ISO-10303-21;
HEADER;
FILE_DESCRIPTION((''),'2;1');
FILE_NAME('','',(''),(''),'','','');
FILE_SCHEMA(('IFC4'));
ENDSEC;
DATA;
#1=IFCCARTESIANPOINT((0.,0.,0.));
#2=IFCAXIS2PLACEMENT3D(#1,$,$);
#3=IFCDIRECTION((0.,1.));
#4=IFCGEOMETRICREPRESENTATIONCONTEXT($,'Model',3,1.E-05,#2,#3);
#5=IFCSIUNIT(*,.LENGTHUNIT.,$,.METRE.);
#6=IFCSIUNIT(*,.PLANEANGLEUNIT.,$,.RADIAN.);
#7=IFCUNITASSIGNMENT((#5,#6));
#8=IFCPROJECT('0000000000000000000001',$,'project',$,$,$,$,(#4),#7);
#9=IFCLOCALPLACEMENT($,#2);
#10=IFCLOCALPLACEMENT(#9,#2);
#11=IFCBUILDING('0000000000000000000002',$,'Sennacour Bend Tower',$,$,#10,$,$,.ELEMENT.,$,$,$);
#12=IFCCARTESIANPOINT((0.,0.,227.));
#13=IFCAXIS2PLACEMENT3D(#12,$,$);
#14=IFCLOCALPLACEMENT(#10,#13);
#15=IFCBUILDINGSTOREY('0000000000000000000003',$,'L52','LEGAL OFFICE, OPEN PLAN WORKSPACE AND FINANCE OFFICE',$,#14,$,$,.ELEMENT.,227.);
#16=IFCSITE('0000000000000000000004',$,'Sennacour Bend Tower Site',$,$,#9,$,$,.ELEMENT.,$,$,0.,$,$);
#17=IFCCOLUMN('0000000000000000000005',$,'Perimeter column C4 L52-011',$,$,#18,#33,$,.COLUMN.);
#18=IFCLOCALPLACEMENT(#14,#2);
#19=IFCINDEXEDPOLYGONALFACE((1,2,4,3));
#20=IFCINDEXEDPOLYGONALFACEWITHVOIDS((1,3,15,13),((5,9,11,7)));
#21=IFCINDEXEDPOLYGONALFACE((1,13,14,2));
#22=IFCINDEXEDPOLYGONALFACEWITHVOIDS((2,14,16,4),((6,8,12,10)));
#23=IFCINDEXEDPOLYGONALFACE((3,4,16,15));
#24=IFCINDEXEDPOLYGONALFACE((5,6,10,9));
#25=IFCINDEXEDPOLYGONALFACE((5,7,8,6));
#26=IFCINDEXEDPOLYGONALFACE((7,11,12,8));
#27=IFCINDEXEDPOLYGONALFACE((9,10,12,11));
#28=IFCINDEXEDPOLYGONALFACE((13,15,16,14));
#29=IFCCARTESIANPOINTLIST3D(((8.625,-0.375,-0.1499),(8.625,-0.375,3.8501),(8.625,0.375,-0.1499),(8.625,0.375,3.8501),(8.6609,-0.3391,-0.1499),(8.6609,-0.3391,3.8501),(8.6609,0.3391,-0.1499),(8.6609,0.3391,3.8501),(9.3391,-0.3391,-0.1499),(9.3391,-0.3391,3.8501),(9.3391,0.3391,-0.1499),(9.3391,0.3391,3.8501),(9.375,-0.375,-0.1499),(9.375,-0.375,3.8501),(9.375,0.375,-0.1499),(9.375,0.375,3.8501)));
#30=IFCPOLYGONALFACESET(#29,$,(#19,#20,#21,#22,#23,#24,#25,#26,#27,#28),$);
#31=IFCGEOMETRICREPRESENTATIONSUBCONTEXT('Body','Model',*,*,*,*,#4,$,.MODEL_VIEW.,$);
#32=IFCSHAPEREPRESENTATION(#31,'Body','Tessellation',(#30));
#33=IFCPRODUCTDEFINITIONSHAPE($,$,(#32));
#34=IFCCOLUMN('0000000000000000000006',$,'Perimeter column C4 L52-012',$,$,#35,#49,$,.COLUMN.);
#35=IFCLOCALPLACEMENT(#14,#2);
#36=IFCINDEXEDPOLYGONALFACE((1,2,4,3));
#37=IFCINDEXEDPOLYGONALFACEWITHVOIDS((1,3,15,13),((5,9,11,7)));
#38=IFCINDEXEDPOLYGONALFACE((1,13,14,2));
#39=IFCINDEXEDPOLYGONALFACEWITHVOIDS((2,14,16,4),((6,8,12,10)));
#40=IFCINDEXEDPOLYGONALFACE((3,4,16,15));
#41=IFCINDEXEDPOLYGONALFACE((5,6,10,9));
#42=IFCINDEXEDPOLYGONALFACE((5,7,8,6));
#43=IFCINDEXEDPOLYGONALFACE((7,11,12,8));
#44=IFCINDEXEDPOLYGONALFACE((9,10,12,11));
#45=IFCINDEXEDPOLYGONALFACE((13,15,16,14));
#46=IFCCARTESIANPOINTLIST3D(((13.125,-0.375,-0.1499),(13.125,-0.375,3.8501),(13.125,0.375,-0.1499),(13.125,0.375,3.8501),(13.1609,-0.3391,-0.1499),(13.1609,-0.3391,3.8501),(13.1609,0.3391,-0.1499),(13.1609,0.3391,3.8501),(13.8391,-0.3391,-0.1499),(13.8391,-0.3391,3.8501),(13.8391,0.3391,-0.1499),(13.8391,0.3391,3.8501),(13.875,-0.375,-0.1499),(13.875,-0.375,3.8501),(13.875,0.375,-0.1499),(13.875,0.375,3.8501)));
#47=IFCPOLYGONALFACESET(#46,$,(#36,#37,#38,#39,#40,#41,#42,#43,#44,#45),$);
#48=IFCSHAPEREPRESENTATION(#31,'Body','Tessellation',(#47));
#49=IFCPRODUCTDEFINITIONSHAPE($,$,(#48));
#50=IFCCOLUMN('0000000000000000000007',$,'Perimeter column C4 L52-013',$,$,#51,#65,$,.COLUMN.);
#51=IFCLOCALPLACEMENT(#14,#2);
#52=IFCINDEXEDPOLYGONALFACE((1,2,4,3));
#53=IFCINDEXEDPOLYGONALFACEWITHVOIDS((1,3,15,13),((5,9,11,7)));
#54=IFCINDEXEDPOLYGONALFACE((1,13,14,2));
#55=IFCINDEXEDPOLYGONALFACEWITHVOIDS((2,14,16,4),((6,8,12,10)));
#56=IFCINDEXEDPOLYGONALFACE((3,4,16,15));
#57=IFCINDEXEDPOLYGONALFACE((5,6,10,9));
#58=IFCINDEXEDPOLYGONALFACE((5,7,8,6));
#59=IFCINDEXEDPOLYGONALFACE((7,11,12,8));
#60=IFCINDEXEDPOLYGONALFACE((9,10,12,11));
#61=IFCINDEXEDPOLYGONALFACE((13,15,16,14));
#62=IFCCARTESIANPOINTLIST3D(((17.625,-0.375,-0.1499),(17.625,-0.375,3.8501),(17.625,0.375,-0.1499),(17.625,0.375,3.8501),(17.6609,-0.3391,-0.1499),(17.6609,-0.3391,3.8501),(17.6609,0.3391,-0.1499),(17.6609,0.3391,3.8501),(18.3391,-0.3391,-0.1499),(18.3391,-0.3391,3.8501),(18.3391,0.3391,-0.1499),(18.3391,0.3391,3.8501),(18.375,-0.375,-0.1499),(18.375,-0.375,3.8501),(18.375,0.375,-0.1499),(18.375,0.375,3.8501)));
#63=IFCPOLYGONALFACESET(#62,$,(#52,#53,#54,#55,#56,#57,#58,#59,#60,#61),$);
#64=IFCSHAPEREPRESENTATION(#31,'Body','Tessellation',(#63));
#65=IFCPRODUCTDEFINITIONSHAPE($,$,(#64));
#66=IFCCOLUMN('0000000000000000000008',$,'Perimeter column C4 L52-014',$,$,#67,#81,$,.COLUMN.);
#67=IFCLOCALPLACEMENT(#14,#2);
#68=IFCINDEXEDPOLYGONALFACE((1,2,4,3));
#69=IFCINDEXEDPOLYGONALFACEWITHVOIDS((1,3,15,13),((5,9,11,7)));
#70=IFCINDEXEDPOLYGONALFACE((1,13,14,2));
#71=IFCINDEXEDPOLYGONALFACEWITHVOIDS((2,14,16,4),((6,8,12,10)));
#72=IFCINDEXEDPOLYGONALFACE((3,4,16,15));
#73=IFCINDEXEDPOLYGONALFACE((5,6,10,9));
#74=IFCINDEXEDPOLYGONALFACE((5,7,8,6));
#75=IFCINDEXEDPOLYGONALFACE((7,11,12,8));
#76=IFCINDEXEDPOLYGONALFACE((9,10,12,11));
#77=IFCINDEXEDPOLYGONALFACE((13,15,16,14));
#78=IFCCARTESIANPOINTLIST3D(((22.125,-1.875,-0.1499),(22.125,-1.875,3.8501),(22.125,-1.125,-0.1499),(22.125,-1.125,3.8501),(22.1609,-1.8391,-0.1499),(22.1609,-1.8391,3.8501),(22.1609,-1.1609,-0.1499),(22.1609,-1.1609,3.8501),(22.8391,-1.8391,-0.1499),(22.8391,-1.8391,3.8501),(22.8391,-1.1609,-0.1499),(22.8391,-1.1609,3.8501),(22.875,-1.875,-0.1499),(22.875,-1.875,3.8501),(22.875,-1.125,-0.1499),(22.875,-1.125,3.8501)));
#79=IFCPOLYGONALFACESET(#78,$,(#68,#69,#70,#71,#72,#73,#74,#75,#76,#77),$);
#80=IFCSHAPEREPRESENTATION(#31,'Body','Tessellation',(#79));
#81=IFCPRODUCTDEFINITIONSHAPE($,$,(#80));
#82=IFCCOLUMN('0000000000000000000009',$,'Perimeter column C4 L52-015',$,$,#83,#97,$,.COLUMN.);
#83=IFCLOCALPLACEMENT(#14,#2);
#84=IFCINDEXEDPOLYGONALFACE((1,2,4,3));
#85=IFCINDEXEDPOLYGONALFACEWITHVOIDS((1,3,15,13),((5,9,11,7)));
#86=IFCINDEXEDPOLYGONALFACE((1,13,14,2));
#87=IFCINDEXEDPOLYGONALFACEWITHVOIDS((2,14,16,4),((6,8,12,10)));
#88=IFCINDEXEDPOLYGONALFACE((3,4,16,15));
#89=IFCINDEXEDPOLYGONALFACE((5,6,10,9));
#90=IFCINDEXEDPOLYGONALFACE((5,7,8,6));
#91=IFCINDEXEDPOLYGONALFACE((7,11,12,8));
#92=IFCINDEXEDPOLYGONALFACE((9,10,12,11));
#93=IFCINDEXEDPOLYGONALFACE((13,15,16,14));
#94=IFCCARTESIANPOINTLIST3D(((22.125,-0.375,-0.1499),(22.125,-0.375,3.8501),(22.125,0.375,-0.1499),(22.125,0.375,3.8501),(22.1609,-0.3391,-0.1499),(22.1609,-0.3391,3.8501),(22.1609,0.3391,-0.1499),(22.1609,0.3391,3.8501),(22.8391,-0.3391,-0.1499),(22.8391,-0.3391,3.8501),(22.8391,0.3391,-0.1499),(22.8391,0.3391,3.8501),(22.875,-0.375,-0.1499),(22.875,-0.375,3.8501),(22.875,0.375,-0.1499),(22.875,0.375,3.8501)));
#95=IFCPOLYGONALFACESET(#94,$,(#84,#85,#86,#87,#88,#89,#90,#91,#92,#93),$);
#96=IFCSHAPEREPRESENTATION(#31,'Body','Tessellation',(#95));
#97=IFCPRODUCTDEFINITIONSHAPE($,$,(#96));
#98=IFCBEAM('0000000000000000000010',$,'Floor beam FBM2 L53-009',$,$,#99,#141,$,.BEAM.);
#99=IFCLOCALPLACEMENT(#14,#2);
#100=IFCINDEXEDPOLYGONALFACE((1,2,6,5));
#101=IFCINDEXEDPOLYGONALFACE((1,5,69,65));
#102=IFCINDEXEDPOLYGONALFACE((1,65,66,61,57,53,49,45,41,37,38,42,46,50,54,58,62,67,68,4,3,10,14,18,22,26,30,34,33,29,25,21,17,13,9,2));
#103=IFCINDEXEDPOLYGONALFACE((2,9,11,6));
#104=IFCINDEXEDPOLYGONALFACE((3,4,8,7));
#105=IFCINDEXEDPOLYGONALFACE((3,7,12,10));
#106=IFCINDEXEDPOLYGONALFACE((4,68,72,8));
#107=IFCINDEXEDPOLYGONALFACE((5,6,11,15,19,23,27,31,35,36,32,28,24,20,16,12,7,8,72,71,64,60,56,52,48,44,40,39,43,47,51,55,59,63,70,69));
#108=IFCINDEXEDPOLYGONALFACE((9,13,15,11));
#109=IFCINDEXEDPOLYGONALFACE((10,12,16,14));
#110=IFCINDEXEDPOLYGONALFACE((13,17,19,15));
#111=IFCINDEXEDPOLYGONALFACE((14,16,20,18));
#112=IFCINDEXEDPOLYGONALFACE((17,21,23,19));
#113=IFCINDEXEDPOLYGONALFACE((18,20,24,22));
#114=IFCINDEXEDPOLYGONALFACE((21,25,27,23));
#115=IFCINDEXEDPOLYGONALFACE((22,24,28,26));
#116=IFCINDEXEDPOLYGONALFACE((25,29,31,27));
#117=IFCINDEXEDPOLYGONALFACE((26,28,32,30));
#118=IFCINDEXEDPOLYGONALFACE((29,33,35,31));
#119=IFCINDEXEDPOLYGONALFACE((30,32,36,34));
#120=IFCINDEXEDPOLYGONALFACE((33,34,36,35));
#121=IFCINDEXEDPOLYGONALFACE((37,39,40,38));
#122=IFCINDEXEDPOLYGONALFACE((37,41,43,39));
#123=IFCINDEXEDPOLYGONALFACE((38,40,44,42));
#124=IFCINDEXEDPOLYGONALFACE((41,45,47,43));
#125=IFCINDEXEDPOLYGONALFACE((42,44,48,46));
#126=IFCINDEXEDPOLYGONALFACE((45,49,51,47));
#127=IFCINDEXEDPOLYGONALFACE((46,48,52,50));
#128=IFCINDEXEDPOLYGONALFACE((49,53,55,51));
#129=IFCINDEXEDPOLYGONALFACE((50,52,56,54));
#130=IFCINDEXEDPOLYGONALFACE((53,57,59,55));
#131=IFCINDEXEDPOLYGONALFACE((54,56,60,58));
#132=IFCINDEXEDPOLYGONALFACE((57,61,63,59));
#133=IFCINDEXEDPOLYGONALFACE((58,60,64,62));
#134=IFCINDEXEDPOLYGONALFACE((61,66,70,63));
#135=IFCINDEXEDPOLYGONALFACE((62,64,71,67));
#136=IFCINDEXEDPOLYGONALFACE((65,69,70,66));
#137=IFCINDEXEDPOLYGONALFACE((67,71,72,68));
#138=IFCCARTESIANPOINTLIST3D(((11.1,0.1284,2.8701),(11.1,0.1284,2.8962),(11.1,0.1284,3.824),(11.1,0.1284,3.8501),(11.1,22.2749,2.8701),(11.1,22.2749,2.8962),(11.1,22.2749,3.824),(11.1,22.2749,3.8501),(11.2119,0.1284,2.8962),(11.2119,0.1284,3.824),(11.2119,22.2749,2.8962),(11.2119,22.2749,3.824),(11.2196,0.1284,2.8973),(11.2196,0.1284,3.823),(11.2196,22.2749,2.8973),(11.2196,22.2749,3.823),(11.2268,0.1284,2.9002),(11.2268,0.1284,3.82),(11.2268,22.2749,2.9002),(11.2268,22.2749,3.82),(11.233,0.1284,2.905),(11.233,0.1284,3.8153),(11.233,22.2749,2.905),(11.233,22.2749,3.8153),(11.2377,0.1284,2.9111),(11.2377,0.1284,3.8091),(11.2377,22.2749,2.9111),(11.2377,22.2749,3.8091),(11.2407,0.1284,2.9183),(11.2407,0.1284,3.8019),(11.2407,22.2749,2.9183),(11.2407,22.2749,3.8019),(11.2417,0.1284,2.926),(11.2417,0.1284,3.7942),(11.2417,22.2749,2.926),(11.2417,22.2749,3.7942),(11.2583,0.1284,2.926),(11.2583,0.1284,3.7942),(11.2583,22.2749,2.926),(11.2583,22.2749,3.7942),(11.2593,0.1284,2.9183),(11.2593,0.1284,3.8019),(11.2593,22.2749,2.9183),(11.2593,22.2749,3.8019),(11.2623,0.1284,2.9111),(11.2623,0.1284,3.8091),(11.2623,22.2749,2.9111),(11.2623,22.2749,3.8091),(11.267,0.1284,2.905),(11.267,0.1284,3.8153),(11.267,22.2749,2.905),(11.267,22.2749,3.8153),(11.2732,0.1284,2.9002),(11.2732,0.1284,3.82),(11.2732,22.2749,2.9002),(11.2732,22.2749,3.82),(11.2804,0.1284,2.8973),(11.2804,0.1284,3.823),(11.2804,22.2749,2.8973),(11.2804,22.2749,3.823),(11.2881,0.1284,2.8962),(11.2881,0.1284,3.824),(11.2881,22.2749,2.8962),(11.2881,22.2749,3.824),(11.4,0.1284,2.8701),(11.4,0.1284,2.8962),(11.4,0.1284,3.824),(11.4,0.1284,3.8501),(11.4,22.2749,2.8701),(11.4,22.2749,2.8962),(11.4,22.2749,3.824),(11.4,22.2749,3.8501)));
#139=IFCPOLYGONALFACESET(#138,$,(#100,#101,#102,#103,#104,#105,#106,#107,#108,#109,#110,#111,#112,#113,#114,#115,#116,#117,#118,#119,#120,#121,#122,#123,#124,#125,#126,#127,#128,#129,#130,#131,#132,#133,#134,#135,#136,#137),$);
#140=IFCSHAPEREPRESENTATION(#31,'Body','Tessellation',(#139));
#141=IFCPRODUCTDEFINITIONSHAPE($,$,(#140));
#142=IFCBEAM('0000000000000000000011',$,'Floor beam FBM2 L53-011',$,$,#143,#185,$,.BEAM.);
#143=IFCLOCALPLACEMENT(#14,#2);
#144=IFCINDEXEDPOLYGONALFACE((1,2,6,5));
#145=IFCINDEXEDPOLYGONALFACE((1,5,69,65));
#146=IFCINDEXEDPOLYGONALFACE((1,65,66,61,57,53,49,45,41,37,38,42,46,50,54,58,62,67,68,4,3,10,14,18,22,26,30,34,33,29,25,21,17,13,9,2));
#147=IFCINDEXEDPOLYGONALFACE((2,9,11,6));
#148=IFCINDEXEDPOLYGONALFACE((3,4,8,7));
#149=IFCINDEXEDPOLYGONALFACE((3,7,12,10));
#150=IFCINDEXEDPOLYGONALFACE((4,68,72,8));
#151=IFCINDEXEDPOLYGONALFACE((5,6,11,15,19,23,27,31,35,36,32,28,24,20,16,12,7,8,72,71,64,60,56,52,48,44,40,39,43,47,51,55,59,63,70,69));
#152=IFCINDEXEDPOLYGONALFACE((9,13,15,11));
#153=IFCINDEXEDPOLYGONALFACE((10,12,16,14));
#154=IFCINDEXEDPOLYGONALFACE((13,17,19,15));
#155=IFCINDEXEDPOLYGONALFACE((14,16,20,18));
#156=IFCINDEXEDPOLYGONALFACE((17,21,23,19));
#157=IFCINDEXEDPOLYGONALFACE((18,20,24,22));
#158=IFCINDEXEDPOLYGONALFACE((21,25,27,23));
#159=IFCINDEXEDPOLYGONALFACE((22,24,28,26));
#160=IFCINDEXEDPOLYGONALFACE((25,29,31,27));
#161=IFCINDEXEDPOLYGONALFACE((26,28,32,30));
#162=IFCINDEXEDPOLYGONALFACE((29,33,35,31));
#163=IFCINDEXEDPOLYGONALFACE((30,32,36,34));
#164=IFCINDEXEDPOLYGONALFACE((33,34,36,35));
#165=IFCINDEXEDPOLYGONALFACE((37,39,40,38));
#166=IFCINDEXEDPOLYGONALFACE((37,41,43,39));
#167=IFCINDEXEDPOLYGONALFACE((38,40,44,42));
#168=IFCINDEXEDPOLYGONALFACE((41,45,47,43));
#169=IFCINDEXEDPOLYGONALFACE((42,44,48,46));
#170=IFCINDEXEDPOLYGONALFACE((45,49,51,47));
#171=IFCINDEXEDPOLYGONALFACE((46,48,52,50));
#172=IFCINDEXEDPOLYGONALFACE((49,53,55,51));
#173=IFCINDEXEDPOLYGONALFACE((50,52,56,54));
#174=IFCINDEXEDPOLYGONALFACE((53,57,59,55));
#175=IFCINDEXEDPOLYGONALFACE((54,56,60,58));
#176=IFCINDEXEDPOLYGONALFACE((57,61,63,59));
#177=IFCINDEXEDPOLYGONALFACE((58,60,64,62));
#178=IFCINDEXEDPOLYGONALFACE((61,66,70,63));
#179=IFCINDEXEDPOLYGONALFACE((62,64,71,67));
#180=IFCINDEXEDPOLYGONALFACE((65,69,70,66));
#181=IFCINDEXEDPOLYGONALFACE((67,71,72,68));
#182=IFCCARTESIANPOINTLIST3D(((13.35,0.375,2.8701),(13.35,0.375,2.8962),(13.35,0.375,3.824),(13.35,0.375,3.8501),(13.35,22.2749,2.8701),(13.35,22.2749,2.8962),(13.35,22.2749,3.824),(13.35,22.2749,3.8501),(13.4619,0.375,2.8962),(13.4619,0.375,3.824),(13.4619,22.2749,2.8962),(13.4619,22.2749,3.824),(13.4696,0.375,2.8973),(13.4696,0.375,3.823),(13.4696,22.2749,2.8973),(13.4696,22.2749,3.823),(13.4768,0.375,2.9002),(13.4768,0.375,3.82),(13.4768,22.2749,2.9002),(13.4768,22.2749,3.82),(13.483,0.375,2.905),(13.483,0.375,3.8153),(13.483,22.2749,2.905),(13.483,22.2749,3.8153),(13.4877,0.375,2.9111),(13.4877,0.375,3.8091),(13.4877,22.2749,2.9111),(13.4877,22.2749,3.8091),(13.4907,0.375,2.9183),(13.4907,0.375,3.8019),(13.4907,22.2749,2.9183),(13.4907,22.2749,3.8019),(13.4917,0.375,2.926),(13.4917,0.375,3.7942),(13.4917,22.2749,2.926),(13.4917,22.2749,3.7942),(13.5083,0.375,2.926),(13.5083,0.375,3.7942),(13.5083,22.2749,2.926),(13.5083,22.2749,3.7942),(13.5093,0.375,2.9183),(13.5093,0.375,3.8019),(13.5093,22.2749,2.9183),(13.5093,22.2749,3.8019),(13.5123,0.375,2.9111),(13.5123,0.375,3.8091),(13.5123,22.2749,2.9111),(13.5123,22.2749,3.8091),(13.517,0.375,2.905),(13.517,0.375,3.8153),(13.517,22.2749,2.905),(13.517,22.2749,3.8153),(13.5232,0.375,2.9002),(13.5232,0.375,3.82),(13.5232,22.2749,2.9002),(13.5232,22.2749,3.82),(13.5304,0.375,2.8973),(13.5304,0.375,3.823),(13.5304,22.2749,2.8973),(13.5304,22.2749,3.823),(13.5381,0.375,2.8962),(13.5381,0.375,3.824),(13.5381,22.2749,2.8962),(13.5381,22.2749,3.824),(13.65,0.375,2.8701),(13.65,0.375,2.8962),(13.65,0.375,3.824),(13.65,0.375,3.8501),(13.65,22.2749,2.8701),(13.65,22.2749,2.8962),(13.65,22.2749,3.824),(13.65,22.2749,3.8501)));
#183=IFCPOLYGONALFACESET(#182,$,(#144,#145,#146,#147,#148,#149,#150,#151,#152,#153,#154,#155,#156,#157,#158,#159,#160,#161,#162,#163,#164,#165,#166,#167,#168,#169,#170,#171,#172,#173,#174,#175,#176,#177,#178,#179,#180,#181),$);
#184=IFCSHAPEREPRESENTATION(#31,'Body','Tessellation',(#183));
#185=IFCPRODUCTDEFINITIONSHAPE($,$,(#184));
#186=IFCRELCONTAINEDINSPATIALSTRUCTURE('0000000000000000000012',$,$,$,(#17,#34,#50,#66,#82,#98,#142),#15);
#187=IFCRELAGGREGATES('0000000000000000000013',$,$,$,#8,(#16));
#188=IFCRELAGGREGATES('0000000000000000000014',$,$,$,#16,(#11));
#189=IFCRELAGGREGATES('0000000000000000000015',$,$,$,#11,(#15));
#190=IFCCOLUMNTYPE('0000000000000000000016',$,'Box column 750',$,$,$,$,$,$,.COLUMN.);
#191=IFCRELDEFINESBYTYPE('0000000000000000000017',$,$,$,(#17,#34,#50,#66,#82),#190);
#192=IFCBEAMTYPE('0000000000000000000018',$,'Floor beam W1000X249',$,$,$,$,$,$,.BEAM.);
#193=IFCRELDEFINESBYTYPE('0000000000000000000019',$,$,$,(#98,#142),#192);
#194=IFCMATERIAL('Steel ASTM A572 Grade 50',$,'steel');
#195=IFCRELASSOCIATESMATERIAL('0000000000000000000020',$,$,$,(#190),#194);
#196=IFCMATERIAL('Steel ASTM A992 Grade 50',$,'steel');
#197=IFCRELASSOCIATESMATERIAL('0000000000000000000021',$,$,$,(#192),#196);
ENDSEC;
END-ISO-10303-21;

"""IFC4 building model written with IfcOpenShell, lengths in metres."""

from ifc_helpers import new_model, si_unit, direction, frame, origin, origin_2d, place, context, subcontext, project, spatial, hollow_rectangle, i_section, extrude, material, material_profile, profile_set, type_object, element, save


model = new_model("IFC4")

# Units and contexts
model_context = context("Model", 3, precision=1e-05, world=origin(), true_north=direction((0.0, 1.0)))
body_context = subcontext(model_context, "Body", "Model", "MODEL_VIEW")
ifc_project = project(units=[si_unit("LENGTHUNIT", "METRE"), si_unit("PLANEANGLEUNIT", "RADIAN")], contexts=[model_context])

# Site, building, storey
site_placement = place(None, origin())
site = spatial("IfcSite", under=ifc_project, at=site_placement, Name="Sennacour Bend Tower Site", CompositionType="ELEMENT", RefElevation=0.0)
building_placement = place(site_placement, origin())
building = spatial("IfcBuilding", under=site, at=building_placement, Name="Sennacour Bend Tower", CompositionType="ELEMENT")
storey_placement = place(building_placement, frame((0.0, 0.0, 227.0)))
storey = spatial("IfcBuildingStorey", under=building, at=storey_placement, Name="L52", Description="LEGAL OFFICE, OPEN PLAN WORKSPACE AND FINANCE OFFICE", CompositionType="ELEMENT", Elevation=227.0)

# Columns
ifc_material_1 = material(Name="Steel ASTM A572 Grade 50", Category="steel")
ifc_material_profile_1 = material_profile(ifc_material_1, hollow_rectangle(XDim=0.75, YDim=0.75, WallThickness=0.0359, at=origin_2d()), Name="Steel ASTM A572 Grade 50", Category="steel")
ifc_profile_set_1 = profile_set([ifc_material_profile_1], Name="Steel ASTM A572 Grade 50")
column_type = type_object("IfcColumnType", Name="Box column 750", PredefinedType="COLUMN", material=ifc_profile_set_1)
for number, where, z_axis, x_axis, name in (
    (1, (9.0, 0.0, -0.1499), (0.0, 0.0, 1.0), (1.0, 0.0, 0.0), "Perimeter column C4 L52-011"),
    (2, (13.5, 0.0, -0.1499), (0.0, 0.0, 1.0), (1.0, 0.0, 0.0), "Perimeter column C4 L52-012"),
    (3, (18.0, 0.0, -0.1499), (0.0, 0.0, 1.0), (1.0, 0.0, 0.0), "Perimeter column C4 L52-013"),
    (4, (22.5, -1.5, -0.1499), (0.0, 0.0, 1.0), (1.0, 0.0, 0.0), "Perimeter column C4 L52-014"),
    (5, (22.5, 0.0, -0.1499), (0.0, 0.0, 1.0), (1.0, 0.0, 0.0), "Perimeter column C4 L52-015"),
):
    element("IfcColumn", number, at=place(storey_placement, frame(where, z_axis=z_axis, x_axis=x_axis)), inside=storey, type_object=column_type, Name=name, PredefinedType="COLUMN", context=body_context, shape_type="SweptSolid", body=[
        extrude(hollow_rectangle(XDim=0.75, YDim=0.75, WallThickness=0.0359, at=origin_2d()), origin(), (0.0, 0.0, 1.0), 4.0),
    ])

# Beams
ifc_material_2 = material(Name="Steel ASTM A992 Grade 50", Category="steel")
ifc_material_profile_2 = material_profile(ifc_material_2, i_section(OverallWidth=0.3, OverallDepth=0.98, WebThickness=0.0166, FlangeThickness=0.0261, FilletRadius=0.0298, at=origin_2d()), Name="Steel ASTM A992 Grade 50", Category="steel")
ifc_profile_set_2 = profile_set([ifc_material_profile_2], Name="Steel ASTM A992 Grade 50")
beam_type_1 = type_object("IfcBeamType", Name="Floor beam W1000X249", PredefinedType="BEAM", material=ifc_profile_set_2)
beam_1_placement = place(storey_placement, frame((11.25, 0.1284, 3.3601), z_axis=(0.0, 1.0, 0.0), x_axis=(-1.0, 0.0, 0.0)))
element("IfcBeam", 6, at=beam_1_placement, inside=storey, type_object=beam_type_1, Name="Floor beam FBM2 L53-009", PredefinedType="BEAM", context=body_context, shape_type="SweptSolid", body=[
    extrude(i_section(OverallWidth=0.3, OverallDepth=0.98, WebThickness=0.0166, FlangeThickness=0.0261, FilletRadius=0.0298, at=origin_2d()), origin(), (0.0, 0.0, 1.0), 22.1465),
])
beam_2_placement = place(storey_placement, frame((13.5, 0.375, 3.3601), z_axis=(0.0, 1.0, 0.0), x_axis=(-1.0, 0.0, 0.0)))
element("IfcBeam", 7, at=beam_2_placement, inside=storey, type_object=beam_type_1, Name="Floor beam FBM2 L53-011", PredefinedType="BEAM", context=body_context, shape_type="SweptSolid", body=[
    extrude(i_section(OverallWidth=0.3, OverallDepth=0.98, WebThickness=0.0166, FlangeThickness=0.0261, FilletRadius=0.0298, at=origin_2d()), origin(), (0.0, 0.0, 1.0), 21.8999),
])

save(model, "model.ifc")
